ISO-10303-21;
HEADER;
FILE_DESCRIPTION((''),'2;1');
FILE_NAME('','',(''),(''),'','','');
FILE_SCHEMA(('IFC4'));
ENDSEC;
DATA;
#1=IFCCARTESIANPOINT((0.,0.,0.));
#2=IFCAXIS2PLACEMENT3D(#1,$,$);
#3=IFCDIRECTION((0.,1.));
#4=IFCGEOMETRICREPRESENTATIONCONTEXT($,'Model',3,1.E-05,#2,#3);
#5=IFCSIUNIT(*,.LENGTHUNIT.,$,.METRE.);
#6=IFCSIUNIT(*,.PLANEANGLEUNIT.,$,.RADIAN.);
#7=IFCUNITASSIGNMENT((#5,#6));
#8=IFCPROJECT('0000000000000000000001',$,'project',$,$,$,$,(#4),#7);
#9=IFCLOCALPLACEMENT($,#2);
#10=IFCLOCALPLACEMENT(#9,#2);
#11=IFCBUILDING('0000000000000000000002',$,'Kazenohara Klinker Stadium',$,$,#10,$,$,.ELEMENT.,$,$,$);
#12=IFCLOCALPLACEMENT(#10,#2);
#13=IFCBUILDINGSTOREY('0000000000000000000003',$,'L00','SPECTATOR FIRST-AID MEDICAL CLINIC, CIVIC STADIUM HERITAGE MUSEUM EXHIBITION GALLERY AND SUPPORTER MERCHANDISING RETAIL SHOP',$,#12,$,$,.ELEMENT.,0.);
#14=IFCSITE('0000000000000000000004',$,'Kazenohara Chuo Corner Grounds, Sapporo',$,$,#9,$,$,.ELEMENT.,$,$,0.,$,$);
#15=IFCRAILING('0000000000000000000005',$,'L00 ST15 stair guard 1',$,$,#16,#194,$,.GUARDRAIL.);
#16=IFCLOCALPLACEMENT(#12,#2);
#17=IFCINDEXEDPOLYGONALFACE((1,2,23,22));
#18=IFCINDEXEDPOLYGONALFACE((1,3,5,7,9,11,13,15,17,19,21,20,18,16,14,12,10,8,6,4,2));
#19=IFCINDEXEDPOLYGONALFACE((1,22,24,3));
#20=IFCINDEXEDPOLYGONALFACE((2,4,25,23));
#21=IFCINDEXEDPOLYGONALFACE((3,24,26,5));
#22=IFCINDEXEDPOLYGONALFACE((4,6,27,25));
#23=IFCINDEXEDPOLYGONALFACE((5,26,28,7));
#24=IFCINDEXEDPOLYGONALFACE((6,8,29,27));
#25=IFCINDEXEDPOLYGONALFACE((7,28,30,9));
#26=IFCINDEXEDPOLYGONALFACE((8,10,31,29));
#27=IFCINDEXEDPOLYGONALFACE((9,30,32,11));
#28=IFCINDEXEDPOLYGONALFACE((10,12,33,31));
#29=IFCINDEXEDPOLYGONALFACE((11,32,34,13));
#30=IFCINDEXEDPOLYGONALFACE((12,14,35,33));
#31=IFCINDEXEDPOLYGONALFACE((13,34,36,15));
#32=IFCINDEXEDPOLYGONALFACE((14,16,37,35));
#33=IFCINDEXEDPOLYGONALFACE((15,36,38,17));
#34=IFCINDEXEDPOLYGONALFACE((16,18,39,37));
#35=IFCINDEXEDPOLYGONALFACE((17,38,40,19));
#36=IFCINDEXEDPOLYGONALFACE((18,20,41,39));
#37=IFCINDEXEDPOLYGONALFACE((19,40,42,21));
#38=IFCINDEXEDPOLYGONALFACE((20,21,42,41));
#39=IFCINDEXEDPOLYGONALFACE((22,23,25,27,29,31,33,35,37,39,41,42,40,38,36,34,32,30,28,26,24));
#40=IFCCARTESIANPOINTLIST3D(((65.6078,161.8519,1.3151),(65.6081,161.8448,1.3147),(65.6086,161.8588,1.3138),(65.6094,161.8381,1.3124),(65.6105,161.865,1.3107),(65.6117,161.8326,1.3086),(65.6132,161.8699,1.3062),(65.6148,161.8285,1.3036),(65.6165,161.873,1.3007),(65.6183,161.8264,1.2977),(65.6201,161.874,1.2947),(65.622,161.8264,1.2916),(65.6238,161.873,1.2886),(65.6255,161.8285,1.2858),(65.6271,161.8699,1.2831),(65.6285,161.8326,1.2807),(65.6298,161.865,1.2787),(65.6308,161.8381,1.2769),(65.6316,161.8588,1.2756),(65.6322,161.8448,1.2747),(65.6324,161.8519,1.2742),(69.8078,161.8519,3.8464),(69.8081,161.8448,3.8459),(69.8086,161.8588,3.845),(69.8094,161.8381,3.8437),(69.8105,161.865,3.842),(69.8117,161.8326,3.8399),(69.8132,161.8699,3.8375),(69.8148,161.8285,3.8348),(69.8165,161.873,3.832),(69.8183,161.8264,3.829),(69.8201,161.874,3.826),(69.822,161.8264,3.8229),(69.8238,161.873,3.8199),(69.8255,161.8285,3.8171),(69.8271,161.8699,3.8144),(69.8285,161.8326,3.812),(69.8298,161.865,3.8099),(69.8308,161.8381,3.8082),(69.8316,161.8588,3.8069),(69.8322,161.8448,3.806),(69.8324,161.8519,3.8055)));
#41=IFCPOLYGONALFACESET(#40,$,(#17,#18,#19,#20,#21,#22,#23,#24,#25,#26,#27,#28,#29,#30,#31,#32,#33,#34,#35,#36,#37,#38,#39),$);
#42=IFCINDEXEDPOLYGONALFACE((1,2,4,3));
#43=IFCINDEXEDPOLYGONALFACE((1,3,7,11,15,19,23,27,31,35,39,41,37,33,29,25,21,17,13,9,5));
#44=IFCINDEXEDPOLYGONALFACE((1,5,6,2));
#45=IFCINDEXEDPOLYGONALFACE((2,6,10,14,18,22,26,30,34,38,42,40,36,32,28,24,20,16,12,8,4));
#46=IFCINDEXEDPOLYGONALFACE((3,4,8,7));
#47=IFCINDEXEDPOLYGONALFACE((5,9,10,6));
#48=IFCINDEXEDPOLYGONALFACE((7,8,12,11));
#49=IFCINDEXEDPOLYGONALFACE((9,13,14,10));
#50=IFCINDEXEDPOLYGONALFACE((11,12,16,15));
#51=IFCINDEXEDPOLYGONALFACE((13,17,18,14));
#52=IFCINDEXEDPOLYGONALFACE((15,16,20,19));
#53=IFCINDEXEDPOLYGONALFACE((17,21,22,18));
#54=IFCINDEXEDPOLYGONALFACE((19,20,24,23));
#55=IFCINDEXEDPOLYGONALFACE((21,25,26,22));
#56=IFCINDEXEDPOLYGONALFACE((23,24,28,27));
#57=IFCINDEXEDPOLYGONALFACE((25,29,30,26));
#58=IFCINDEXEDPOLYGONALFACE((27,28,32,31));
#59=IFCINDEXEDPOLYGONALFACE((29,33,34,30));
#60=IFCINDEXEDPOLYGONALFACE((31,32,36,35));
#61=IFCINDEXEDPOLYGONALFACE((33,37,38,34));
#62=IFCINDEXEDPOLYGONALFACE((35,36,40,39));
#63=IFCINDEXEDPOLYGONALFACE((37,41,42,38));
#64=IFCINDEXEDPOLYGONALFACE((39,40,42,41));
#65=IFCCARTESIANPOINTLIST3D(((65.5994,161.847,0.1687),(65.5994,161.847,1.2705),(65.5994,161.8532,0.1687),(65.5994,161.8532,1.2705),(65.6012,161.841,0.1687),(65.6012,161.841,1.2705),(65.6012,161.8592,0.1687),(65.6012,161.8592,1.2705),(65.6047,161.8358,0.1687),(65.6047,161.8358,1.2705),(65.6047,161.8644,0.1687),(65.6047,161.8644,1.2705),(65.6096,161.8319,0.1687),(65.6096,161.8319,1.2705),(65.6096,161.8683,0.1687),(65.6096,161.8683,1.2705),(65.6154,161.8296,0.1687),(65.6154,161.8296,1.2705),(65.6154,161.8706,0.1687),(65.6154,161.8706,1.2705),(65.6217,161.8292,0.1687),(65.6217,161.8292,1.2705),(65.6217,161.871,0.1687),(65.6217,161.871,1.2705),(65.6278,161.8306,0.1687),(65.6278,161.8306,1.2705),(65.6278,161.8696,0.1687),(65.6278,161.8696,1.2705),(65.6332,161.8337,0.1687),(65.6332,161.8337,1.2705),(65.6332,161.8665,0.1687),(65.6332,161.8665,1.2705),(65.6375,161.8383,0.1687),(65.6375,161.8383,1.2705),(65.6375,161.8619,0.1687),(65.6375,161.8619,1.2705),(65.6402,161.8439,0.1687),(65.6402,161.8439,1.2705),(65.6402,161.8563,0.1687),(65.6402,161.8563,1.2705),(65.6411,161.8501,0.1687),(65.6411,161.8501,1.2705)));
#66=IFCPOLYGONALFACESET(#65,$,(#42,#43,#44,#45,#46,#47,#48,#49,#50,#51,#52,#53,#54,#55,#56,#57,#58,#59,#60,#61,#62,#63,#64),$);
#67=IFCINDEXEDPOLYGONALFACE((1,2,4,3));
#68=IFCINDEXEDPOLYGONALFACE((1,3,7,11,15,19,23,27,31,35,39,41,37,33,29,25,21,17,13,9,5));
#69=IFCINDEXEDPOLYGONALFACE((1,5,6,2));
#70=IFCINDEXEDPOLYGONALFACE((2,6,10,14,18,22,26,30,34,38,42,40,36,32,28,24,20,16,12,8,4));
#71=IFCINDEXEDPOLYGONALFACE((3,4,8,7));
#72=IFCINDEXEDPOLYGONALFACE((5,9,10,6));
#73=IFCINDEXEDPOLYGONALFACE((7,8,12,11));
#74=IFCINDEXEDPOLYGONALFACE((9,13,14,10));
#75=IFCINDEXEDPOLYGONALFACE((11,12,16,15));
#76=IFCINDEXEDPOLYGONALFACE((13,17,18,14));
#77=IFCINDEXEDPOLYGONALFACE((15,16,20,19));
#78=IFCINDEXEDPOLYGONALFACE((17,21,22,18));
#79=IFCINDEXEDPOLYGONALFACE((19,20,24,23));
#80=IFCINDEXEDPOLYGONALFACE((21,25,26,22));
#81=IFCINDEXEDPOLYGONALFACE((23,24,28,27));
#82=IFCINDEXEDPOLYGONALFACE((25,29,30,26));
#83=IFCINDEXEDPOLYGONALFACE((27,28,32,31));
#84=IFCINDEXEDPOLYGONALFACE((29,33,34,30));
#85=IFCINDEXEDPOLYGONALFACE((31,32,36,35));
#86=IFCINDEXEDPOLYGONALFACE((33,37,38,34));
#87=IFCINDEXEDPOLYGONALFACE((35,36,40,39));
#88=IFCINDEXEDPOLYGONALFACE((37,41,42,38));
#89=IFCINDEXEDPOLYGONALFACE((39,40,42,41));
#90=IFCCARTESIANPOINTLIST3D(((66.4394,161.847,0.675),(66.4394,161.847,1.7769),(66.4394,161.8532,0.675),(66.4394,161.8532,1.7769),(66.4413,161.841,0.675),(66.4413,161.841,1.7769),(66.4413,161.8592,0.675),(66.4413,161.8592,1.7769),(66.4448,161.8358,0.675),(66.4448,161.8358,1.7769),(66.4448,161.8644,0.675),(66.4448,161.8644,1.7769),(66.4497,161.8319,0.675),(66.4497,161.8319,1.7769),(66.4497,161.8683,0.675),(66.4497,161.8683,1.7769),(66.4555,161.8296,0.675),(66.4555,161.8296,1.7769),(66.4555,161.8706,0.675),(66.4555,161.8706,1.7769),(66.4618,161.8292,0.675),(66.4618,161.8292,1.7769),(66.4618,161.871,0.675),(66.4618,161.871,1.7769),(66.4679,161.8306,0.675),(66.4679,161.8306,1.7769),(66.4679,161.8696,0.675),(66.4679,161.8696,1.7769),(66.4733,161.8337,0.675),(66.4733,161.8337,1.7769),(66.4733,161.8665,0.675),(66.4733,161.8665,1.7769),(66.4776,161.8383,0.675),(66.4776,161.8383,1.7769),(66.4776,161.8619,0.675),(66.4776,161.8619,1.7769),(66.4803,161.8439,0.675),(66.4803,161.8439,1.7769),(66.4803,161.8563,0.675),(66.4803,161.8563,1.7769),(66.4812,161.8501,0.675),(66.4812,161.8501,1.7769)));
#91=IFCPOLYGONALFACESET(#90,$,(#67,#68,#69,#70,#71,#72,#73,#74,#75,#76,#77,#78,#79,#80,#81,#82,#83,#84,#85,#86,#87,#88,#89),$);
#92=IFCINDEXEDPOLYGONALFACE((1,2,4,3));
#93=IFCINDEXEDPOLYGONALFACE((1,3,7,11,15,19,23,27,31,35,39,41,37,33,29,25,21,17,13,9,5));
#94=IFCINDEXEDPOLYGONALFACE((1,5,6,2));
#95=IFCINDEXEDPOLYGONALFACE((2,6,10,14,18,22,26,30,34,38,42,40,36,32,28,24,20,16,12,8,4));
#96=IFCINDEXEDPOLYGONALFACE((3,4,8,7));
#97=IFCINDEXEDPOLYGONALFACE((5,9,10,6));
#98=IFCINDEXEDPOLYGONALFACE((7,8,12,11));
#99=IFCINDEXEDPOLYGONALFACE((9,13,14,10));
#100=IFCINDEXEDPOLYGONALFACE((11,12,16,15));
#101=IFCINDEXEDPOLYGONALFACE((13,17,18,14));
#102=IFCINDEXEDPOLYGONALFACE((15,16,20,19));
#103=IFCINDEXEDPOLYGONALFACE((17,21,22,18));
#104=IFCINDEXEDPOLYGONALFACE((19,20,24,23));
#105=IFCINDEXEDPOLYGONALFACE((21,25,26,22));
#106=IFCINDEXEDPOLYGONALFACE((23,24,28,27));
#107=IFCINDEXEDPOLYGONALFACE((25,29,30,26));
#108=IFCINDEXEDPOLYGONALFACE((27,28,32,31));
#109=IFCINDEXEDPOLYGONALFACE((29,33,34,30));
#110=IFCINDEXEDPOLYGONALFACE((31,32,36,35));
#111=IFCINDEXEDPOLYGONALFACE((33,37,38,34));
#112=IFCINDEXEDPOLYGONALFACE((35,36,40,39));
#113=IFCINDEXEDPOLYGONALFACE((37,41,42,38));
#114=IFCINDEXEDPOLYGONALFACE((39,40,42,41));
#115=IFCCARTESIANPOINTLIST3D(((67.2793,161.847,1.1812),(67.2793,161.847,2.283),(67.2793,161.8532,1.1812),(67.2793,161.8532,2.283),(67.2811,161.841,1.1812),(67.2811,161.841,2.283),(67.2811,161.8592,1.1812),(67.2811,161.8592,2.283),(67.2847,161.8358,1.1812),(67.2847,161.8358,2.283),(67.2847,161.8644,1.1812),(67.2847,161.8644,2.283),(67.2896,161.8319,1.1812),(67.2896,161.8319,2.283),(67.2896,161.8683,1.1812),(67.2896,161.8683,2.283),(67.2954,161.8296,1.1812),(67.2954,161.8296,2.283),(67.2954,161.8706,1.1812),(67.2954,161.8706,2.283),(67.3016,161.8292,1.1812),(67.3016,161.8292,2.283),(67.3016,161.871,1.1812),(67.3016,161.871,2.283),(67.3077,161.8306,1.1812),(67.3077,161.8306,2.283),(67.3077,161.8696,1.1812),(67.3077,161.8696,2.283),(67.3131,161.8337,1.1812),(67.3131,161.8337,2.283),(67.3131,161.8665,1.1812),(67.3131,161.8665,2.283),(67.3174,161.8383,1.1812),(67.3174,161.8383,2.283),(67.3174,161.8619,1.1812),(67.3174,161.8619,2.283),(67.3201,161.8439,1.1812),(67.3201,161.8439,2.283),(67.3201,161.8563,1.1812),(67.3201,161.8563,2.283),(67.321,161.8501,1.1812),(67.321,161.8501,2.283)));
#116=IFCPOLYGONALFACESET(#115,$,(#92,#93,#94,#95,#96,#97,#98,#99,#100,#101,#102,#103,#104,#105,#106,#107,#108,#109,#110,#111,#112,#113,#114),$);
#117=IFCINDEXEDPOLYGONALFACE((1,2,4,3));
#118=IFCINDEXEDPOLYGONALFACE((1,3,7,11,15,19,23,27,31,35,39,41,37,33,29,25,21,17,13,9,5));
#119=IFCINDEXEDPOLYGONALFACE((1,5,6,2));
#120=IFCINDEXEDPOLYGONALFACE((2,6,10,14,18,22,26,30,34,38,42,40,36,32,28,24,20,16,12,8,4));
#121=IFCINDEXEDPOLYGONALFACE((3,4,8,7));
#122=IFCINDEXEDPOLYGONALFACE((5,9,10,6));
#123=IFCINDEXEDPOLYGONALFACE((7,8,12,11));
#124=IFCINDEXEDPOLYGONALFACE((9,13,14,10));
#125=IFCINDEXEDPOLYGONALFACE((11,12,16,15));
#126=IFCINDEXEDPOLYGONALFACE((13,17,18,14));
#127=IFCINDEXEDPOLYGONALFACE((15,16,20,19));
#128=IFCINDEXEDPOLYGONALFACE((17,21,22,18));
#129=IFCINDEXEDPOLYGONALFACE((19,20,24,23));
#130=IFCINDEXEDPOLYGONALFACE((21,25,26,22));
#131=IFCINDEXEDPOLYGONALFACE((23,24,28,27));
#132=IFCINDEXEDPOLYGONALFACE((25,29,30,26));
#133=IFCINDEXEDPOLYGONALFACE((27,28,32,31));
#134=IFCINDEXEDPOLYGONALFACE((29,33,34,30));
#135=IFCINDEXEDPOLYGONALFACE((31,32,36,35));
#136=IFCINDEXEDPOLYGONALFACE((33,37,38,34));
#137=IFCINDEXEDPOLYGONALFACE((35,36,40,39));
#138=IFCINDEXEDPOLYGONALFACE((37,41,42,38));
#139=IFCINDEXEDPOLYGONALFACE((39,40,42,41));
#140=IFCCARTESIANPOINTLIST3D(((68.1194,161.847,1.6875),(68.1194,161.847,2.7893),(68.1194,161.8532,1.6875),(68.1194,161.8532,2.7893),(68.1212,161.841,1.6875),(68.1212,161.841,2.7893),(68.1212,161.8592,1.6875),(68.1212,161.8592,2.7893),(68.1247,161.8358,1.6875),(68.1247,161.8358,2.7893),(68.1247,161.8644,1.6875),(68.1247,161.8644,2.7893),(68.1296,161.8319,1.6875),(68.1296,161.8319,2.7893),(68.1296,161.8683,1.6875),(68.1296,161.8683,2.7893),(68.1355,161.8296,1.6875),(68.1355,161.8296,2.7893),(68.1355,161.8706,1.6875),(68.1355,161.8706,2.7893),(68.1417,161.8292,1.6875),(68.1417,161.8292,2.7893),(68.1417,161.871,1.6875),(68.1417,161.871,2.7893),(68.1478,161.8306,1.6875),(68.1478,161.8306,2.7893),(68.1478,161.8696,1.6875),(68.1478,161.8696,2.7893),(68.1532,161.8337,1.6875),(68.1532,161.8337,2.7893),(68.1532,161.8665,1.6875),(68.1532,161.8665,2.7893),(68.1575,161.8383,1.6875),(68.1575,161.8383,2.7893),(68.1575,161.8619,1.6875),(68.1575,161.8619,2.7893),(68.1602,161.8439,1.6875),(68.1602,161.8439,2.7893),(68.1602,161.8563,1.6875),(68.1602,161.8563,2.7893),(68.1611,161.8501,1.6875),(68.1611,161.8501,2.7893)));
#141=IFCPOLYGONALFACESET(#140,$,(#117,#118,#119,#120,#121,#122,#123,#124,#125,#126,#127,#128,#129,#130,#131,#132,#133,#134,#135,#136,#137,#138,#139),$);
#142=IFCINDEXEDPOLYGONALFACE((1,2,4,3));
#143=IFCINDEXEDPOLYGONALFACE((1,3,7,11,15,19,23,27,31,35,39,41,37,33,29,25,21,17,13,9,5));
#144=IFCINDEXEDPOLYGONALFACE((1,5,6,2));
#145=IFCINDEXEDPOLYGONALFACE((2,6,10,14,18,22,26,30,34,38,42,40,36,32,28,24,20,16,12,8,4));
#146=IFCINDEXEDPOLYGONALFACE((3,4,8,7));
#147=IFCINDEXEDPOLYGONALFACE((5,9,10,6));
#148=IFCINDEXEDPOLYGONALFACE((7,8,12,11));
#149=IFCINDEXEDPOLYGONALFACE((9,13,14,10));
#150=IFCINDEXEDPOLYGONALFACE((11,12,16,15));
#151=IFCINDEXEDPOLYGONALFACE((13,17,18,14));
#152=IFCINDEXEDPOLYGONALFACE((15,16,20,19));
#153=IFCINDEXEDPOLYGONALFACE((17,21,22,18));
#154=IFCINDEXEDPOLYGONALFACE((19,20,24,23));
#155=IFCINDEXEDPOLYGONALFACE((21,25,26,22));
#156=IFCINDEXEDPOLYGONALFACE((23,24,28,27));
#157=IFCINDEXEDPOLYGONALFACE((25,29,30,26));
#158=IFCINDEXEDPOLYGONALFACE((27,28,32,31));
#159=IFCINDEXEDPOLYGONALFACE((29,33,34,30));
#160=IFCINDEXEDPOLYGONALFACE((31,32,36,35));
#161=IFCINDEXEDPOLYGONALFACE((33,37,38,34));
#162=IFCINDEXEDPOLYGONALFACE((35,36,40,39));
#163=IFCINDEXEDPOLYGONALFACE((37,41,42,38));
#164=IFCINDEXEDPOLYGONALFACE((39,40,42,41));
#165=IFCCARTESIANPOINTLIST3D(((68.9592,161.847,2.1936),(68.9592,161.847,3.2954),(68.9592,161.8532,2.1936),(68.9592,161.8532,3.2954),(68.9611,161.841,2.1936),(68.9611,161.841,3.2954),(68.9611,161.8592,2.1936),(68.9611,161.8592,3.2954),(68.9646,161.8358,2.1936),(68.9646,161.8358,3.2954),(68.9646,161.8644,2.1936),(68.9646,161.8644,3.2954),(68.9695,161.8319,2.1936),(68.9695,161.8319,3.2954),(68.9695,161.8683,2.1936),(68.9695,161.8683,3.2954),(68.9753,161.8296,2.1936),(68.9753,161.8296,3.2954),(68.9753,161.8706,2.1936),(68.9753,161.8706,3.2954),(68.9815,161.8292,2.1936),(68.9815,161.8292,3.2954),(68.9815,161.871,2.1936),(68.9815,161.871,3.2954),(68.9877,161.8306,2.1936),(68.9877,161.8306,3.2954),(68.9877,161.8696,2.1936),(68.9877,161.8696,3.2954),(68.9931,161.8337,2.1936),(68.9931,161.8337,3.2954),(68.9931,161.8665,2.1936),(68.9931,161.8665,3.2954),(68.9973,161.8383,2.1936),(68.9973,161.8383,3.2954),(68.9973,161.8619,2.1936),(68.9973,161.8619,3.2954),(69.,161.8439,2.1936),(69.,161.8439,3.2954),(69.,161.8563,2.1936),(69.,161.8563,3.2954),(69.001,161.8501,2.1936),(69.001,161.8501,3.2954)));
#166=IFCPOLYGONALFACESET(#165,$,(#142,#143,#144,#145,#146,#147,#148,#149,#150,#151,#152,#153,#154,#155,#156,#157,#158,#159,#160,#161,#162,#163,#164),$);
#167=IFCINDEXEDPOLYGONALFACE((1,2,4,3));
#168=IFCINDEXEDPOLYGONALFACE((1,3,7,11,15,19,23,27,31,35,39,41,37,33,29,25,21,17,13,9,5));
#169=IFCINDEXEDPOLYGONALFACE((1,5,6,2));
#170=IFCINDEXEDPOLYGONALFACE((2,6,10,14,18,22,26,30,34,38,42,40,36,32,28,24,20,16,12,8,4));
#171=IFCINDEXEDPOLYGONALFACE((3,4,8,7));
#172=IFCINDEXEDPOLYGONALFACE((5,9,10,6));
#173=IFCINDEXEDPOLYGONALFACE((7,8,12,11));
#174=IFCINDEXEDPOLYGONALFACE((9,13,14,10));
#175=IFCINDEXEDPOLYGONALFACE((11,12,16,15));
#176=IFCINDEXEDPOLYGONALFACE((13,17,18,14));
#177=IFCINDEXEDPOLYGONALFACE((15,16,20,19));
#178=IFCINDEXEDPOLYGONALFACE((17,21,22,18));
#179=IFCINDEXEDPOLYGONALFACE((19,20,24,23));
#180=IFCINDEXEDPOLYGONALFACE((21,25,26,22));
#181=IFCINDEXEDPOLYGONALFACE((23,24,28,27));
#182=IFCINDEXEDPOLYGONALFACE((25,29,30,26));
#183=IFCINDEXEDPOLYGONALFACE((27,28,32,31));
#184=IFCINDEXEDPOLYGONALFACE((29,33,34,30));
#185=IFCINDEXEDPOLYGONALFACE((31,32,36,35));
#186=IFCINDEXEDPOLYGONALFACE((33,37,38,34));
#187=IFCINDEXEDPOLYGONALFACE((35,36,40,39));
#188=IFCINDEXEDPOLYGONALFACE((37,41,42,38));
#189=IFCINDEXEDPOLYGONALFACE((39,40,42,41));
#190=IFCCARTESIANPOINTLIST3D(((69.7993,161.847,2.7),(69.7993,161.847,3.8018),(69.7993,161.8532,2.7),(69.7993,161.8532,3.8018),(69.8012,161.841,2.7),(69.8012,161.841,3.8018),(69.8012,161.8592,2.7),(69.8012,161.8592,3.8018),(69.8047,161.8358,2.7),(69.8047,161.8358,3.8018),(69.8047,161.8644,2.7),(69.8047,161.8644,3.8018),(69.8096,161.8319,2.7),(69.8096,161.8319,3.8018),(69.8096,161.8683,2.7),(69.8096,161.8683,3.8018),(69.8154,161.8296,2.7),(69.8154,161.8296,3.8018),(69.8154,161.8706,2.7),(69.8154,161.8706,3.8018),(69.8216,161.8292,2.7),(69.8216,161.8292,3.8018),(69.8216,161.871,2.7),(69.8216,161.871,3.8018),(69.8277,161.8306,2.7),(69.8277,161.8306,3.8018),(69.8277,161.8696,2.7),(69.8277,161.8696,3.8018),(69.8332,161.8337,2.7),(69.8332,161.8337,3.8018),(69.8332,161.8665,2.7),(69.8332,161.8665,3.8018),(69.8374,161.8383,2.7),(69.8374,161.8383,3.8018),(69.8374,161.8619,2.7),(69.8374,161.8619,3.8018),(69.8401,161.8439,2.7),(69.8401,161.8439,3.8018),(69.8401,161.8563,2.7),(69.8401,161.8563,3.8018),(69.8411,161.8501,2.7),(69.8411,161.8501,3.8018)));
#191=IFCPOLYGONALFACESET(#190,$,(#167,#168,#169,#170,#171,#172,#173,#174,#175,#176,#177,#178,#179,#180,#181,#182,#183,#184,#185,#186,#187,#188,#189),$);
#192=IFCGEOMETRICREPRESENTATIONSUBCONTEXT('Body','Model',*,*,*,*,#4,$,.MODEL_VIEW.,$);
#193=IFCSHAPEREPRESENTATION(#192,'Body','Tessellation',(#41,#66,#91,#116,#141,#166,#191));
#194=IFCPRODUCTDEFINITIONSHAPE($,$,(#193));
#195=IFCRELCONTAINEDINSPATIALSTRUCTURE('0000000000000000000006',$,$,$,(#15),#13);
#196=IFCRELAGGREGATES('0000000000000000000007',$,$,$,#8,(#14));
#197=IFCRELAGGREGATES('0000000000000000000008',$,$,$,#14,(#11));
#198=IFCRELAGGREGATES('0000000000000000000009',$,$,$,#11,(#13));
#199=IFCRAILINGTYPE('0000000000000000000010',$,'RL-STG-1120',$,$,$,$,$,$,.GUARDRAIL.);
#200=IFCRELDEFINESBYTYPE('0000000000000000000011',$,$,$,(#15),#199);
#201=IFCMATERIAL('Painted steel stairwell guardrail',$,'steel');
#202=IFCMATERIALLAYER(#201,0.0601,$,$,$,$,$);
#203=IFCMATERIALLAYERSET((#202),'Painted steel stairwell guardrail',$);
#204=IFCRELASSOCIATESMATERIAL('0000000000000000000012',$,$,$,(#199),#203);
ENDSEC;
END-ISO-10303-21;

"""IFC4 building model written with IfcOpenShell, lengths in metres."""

from ifc_helpers import new_model, si_unit, direction, frame, origin, origin_2d, place, context, subcontext, project, spatial, circle, extrude, material, layer, layer_set, type_object, element, save


model = new_model("IFC4")

# Units and contexts
model_context = context("Model", 3, precision=1e-05, world=origin(), true_north=direction((0.0, 1.0)))
body_context = subcontext(model_context, "Body", "Model", "MODEL_VIEW")
ifc_project = project(units=[si_unit("LENGTHUNIT", "METRE"), si_unit("PLANEANGLEUNIT", "RADIAN")], contexts=[model_context])

# Site, building, storey
site_placement = place(None, origin())
site = spatial("IfcSite", under=ifc_project, at=site_placement, Name="Kazenohara Chuo Corner Grounds, Sapporo", CompositionType="ELEMENT", RefElevation=0.0)
building_placement = place(site_placement, origin())
building = spatial("IfcBuilding", under=site, at=building_placement, Name="Kazenohara Klinker Stadium", CompositionType="ELEMENT")
storey_placement = place(building_placement, origin())
storey = spatial("IfcBuildingStorey", under=building, at=storey_placement, Name="L00", Description="SPECTATOR FIRST-AID MEDICAL CLINIC, CIVIC STADIUM HERITAGE MUSEUM EXHIBITION GALLERY AND SUPPORTER MERCHANDISING RETAIL SHOP", CompositionType="ELEMENT", Elevation=0.0)

# Railing
ifc_material_1 = material(Name="Painted steel stairwell guardrail", Category="steel")
ifc_layer_1 = layer(ifc_material_1, 0.0601)
ifc_layer_set_1 = layer_set([ifc_layer_1], Name="Painted steel stairwell guardrail")
railing_type_1 = type_object("IfcRailingType", Name="RL-STG-1120", PredefinedType="GUARDRAIL", material=ifc_layer_set_1)
railing_1_placement = place(storey_placement, frame((65.6201, 161.8501, 0.1687)))
element("IfcRailing", 1, at=railing_1_placement, inside=storey, type_object=railing_type_1, Name="L00 ST15 stair guard 1", PredefinedType="GUARDRAIL", context=body_context, shape_type="SweptSolid", body=[
    extrude(circle(Radius=0.0239, at=origin_2d()), frame((0.0, 0.0, 1.126), z_axis=(0.856476, 0.0, 0.516186), x_axis=(0.0, 1.0, 0.0)), (0.0, 0.0, 1.0), 4.9038),
    extrude(circle(Radius=0.021, at=origin_2d()), origin(), (0.0, 0.0, 1.0), 1.1018),
    extrude(circle(Radius=0.021, at=origin_2d()), frame((0.8401, 0.0, 0.5063)), (0.0, 0.0, 1.0), 1.1018),
    extrude(circle(Radius=0.021, at=origin_2d()), frame((1.6799, 0.0, 1.0125)), (0.0, 0.0, 1.0), 1.1018),
    extrude(circle(Radius=0.021, at=origin_2d()), frame((2.52, 0.0, 1.5188)), (0.0, 0.0, 1.0), 1.1018),
    extrude(circle(Radius=0.021, at=origin_2d()), frame((3.3599, 0.0, 2.0249)), (0.0, 0.0, 1.0), 1.1018),
    extrude(circle(Radius=0.021, at=origin_2d()), frame((4.2, 0.0, 2.5312)), (0.0, 0.0, 1.0), 1.1018),
])

save(model, "model.ifc")
